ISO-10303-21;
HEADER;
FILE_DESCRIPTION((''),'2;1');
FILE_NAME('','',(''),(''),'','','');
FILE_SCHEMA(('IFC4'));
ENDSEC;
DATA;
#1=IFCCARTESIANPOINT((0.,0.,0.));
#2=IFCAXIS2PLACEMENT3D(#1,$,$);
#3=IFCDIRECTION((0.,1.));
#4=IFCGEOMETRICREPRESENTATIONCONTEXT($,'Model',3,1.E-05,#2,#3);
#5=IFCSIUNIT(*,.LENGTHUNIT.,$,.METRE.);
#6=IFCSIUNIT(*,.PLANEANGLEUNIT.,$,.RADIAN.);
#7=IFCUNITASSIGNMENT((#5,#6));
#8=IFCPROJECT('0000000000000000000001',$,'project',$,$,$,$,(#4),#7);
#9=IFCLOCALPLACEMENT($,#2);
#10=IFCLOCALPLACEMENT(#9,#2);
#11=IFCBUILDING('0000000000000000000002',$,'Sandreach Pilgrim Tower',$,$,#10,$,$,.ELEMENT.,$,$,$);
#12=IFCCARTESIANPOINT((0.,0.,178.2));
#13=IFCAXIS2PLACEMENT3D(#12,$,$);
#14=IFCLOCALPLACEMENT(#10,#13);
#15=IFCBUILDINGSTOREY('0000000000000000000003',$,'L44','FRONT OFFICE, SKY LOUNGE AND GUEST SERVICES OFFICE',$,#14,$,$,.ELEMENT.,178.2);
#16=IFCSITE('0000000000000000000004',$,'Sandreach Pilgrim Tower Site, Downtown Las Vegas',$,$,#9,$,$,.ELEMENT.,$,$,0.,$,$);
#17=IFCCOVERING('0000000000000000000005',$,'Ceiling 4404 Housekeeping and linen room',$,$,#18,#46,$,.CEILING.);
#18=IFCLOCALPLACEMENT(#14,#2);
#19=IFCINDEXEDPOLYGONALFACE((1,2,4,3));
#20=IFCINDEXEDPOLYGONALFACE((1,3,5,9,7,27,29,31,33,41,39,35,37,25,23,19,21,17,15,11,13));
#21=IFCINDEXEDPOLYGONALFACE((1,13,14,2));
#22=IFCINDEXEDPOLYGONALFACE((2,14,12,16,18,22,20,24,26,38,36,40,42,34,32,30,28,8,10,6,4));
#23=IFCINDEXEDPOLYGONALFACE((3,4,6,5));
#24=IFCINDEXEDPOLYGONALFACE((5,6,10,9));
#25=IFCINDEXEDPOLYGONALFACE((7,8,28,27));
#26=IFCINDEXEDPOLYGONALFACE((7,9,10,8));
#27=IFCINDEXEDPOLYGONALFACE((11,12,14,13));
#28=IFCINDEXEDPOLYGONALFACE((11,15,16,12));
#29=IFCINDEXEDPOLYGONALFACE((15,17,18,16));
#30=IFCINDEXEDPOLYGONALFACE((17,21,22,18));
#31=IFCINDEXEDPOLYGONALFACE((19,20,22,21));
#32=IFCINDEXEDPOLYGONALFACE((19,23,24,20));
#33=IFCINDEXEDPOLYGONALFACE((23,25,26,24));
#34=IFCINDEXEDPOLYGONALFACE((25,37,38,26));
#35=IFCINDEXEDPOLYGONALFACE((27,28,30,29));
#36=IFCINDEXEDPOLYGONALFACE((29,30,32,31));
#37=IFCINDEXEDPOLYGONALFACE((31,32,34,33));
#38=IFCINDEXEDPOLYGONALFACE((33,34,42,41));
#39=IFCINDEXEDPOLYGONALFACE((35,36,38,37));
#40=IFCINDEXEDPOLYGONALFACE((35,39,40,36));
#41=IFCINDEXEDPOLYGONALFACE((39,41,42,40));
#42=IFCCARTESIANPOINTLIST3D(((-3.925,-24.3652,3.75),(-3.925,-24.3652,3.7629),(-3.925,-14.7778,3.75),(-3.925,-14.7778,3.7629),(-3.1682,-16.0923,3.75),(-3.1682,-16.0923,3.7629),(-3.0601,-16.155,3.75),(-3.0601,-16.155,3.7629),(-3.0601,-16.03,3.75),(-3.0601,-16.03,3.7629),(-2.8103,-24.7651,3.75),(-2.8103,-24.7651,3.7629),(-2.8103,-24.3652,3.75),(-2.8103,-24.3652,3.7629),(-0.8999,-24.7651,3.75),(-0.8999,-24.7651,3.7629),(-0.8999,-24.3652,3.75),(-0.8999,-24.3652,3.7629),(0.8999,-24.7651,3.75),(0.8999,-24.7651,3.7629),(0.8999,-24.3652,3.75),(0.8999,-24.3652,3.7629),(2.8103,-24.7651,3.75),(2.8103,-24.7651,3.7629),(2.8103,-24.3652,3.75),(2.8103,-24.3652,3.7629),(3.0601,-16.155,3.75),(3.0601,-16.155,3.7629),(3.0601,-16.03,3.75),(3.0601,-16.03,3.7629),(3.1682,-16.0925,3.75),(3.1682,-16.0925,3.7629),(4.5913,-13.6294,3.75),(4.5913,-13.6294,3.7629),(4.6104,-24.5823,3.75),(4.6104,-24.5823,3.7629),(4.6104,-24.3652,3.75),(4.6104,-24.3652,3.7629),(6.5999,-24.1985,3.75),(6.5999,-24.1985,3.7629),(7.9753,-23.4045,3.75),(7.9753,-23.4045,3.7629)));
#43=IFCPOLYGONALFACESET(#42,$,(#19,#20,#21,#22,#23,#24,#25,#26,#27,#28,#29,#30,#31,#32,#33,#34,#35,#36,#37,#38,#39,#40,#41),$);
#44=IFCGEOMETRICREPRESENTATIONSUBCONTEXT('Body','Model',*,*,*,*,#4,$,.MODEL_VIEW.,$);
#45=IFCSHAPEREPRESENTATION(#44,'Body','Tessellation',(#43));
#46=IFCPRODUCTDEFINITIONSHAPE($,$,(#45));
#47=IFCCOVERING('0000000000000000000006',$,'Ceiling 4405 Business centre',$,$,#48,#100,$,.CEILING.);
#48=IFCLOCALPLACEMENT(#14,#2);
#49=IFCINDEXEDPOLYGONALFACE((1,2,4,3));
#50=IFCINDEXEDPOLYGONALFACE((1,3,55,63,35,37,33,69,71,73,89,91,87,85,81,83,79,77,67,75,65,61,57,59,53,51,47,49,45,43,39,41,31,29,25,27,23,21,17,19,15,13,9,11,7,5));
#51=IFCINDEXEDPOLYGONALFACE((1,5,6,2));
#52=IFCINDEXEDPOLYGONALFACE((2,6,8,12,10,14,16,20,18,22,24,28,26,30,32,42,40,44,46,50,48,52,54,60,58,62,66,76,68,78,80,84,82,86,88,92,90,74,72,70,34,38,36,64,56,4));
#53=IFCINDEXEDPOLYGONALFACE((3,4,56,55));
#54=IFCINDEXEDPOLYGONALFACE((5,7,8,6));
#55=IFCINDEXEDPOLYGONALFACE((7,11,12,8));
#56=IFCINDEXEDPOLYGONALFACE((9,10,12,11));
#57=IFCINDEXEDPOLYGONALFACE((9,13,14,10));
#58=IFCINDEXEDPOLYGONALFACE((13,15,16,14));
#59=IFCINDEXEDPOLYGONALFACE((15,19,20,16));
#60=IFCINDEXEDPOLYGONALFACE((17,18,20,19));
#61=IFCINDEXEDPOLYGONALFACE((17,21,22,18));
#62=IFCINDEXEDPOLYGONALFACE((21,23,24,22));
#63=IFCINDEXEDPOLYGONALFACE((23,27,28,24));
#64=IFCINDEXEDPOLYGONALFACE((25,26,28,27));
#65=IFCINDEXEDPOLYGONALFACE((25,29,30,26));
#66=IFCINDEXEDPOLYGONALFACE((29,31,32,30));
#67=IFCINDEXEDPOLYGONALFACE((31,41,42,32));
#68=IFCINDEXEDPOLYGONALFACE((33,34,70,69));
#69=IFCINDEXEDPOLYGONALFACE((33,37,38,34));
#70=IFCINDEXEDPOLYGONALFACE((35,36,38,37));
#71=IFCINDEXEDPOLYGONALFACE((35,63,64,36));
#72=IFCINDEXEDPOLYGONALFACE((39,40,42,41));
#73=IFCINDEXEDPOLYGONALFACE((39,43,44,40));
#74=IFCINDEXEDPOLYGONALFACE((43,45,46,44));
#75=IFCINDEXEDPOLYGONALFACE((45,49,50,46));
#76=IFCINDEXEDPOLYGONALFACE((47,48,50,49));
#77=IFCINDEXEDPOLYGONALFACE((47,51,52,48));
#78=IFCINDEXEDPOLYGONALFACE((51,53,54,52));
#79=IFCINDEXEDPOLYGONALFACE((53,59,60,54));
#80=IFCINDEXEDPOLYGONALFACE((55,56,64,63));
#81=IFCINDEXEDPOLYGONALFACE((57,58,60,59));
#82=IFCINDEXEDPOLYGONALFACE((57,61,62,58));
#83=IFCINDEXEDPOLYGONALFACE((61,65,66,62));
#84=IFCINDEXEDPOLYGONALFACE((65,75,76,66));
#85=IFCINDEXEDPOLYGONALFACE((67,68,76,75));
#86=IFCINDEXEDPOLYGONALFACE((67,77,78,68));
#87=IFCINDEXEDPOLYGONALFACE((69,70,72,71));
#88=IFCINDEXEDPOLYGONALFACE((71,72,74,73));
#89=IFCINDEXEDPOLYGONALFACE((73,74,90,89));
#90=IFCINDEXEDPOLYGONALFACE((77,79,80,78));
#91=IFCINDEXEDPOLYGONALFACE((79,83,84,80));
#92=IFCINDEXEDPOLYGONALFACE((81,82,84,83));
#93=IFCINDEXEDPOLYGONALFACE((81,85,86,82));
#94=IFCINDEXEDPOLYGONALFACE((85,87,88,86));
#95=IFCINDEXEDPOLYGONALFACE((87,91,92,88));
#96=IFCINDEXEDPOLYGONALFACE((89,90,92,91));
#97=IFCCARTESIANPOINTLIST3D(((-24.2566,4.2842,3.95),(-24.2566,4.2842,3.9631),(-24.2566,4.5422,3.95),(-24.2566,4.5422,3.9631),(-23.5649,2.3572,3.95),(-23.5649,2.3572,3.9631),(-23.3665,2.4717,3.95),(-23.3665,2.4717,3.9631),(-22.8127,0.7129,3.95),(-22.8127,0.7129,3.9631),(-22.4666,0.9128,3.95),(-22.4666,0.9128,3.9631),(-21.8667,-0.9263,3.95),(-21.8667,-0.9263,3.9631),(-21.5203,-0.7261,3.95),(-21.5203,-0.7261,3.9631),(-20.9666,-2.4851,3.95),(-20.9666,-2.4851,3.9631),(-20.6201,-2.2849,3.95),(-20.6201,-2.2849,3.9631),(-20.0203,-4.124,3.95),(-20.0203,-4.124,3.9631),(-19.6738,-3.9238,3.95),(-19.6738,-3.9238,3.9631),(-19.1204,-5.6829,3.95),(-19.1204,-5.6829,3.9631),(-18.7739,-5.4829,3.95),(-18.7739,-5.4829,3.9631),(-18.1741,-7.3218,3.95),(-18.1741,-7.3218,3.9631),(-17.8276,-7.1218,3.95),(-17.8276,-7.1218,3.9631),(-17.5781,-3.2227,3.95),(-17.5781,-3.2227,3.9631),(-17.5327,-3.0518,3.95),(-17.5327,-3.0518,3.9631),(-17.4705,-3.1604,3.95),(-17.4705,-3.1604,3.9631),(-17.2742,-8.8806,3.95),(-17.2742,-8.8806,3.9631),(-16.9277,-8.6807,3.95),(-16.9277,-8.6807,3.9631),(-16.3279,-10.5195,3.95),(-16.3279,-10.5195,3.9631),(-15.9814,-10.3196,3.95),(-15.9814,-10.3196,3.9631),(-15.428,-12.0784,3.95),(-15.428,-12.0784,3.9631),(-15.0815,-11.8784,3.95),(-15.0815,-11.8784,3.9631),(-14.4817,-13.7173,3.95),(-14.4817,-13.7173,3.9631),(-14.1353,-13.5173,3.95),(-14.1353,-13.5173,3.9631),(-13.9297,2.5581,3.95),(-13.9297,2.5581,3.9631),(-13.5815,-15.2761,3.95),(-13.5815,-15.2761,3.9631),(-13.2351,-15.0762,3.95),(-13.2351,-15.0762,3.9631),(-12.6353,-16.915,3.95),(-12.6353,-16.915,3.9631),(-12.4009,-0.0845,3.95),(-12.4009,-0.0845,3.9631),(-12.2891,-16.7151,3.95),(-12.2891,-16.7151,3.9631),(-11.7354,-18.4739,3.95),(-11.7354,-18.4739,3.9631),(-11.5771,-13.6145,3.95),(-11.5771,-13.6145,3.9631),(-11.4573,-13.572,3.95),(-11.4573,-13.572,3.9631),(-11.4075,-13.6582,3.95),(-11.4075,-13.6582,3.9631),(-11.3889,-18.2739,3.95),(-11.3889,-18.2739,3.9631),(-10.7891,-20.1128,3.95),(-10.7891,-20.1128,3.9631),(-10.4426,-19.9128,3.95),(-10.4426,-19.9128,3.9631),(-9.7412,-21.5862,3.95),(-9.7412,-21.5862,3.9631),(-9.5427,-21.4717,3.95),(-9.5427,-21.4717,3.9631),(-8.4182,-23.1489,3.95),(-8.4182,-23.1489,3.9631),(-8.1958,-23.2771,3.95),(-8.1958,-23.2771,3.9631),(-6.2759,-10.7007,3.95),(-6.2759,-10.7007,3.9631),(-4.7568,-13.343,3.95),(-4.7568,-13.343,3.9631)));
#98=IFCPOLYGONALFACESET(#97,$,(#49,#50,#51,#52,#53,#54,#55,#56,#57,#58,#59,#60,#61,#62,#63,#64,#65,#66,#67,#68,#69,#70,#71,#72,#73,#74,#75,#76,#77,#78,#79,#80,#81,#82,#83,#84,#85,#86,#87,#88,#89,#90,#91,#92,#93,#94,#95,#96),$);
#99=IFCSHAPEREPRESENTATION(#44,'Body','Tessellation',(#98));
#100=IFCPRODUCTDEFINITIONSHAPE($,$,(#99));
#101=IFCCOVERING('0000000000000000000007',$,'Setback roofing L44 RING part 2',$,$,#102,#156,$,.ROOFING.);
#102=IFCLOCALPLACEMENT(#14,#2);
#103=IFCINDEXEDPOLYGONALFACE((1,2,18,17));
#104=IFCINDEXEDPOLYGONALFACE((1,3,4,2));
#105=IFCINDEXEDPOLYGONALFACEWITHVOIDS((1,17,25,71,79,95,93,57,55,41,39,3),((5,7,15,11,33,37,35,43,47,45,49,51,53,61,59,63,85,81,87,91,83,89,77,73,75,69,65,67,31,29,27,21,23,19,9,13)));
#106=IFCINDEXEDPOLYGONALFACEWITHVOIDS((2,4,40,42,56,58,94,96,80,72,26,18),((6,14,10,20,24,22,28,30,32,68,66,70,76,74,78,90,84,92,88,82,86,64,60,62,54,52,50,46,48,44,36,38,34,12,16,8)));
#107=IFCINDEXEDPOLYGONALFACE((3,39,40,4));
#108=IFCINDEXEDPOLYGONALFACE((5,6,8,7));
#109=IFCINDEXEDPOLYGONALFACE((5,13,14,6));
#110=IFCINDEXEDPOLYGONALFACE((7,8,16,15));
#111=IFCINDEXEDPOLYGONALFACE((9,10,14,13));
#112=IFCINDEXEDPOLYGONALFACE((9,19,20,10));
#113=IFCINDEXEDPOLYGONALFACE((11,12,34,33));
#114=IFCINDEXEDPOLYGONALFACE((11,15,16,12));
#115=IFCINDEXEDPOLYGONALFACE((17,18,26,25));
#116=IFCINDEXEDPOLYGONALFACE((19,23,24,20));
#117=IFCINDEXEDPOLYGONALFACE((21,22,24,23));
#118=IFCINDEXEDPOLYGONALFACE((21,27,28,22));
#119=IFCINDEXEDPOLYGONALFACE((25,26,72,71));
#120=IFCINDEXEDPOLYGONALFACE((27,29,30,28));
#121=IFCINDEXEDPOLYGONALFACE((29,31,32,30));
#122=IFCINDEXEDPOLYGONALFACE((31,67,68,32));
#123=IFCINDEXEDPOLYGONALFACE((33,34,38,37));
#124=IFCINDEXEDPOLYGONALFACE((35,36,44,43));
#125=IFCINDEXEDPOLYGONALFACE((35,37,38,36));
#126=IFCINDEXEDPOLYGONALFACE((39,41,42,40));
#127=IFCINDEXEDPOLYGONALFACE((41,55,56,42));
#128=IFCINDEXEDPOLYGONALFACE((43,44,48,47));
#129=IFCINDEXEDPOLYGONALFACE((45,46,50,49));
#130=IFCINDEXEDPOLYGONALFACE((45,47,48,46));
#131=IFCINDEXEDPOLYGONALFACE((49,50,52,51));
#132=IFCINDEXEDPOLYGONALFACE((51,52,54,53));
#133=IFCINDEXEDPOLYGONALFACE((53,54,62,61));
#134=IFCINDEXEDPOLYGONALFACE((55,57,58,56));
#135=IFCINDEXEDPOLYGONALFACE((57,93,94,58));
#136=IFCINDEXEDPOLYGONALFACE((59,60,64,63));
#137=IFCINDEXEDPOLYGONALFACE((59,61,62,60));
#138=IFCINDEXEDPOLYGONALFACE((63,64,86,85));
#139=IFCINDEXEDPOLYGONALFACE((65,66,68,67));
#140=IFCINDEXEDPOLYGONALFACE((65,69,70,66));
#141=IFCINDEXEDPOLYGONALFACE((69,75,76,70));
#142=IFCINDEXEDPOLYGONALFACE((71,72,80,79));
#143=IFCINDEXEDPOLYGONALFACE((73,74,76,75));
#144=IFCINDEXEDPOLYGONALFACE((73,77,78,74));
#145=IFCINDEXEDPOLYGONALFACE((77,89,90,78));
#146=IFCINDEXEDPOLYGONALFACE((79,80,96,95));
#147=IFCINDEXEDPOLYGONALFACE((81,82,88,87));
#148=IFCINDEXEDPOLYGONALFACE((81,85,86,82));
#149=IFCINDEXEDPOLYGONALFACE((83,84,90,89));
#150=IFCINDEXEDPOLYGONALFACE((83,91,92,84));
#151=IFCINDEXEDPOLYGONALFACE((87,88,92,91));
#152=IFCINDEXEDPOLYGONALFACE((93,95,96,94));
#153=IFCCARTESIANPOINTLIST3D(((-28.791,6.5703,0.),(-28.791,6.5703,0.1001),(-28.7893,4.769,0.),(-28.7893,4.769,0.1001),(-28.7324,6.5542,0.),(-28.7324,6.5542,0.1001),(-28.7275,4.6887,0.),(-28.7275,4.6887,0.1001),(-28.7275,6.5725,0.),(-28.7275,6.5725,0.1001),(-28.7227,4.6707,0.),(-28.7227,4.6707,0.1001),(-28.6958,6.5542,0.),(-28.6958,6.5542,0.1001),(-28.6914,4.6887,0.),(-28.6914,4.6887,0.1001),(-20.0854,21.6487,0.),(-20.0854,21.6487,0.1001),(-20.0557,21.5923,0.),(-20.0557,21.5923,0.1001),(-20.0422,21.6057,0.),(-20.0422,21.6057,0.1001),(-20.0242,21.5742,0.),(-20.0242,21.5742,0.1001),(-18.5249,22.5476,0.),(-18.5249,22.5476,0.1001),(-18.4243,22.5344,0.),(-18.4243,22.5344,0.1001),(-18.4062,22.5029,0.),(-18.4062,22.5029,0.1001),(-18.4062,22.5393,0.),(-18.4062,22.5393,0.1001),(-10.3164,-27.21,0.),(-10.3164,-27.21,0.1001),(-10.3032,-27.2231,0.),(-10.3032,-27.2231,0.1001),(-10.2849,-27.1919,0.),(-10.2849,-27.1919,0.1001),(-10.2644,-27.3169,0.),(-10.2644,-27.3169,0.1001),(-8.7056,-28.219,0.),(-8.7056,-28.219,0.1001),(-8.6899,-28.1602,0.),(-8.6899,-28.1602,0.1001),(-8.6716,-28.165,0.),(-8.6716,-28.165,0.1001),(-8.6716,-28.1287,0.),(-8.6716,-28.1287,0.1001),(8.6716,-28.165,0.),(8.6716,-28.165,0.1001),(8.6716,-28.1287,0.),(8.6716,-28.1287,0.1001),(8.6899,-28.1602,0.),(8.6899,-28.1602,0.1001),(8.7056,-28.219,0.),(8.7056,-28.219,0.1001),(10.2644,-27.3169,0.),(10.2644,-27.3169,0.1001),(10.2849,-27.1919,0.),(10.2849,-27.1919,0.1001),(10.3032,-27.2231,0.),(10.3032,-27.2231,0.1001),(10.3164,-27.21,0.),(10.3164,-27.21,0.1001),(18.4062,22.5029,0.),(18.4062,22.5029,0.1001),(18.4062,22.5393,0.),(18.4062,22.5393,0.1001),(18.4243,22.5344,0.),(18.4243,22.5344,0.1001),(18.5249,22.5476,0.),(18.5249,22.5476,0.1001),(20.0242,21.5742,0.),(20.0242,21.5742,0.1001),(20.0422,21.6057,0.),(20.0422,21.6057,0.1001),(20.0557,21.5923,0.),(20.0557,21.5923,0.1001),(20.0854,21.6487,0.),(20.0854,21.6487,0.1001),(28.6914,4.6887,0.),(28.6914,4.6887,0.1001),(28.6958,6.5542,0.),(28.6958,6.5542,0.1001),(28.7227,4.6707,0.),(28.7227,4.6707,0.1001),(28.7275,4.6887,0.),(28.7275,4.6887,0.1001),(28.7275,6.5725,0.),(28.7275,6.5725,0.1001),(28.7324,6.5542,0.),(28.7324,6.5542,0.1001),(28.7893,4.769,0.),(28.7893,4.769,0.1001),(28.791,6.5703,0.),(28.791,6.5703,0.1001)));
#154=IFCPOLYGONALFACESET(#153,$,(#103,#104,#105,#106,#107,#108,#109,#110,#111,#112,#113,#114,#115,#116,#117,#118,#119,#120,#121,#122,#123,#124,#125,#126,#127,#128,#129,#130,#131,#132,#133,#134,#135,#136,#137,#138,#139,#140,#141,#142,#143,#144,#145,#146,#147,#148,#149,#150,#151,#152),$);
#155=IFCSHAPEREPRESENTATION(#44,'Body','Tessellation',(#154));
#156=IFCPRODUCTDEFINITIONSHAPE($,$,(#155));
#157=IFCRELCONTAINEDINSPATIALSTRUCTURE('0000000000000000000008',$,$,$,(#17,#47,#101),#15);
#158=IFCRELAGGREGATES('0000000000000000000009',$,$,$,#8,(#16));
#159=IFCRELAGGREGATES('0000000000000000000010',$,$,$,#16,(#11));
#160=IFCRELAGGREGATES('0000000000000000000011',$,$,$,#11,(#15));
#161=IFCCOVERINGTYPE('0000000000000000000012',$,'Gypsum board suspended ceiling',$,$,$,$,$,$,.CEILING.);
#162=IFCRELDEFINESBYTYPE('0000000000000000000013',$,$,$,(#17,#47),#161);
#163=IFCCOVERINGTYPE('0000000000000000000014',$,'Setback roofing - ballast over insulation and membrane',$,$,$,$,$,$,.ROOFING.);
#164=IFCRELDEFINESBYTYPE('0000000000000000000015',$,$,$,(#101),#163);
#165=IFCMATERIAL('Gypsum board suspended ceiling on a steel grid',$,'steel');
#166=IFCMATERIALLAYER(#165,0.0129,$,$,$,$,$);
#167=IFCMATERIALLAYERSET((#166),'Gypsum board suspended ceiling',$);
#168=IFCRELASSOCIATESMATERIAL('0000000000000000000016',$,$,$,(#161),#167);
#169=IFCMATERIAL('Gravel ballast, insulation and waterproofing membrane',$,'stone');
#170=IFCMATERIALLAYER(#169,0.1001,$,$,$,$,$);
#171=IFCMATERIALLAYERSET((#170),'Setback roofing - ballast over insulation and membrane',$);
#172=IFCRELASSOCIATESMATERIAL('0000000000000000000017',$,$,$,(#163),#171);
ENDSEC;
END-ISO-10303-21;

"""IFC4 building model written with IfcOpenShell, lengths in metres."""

from ifc_helpers import new_model, si_unit, direction, frame, origin, place, context, subcontext, project, spatial, polyline, outline, extrude, material, layer, layer_set, type_object, element, save


model = new_model("IFC4")

# Units and contexts
model_context = context("Model", 3, precision=1e-05, world=origin(), true_north=direction((0.0, 1.0)))
body_context = subcontext(model_context, "Body", "Model", "MODEL_VIEW")
ifc_project = project(units=[si_unit("LENGTHUNIT", "METRE"), si_unit("PLANEANGLEUNIT", "RADIAN")], contexts=[model_context])

# Site, building, storey
site_placement = place(None, origin())
site = spatial("IfcSite", under=ifc_project, at=site_placement, Name="Sandreach Pilgrim Tower Site, Downtown Las Vegas", CompositionType="ELEMENT", RefElevation=0.0)
building_placement = place(site_placement, origin())
building = spatial("IfcBuilding", under=site, at=building_placement, Name="Sandreach Pilgrim Tower", CompositionType="ELEMENT")
storey_placement = place(building_placement, frame((0.0, 0.0, 178.2)))
storey = spatial("IfcBuildingStorey", under=building, at=storey_placement, Name="L44", Description="FRONT OFFICE, SKY LOUNGE AND GUEST SERVICES OFFICE", CompositionType="ELEMENT", Elevation=178.2)

# Coverings
ifc_material_1 = material(Name="Gypsum board suspended ceiling on a steel grid", Category="steel")
ifc_layer_1 = layer(ifc_material_1, 0.0129)
ifc_layer_set_1 = layer_set([ifc_layer_1], Name="Gypsum board suspended ceiling")
covering_type_1 = type_object("IfcCoveringType", Name="Gypsum board suspended ceiling", PredefinedType="CEILING", material=ifc_layer_set_1)
covering_1_placement = place(storey_placement, frame((0.0, 0.0, 3.75)))
element("IfcCovering", 1, at=covering_1_placement, inside=storey, type_object=covering_type_1, Name="Ceiling 4404 Housekeeping and linen room", PredefinedType="CEILING", context=body_context, shape_type="SweptSolid", body=[
    extrude(outline(polyline([(-3.1682, -16.0923), (-3.0601, -16.03), (-3.0601, -16.155), (3.0601, -16.155), (3.0601, -16.03), (3.1682, -16.0925), (4.5913, -13.6294), (7.9753, -23.4045), (6.5999, -24.1985), (4.6104, -24.5823), (4.6104, -24.3652), (2.8103, -24.3652), (2.8103, -24.7651), (0.8999, -24.7651), (0.8999, -24.3652), (-0.8999, -24.3652), (-0.8999, -24.7651), (-2.8103, -24.7651), (-2.8103, -24.3652), (-3.925, -24.3652), (-3.925, -14.7778), (-3.1682, -16.0923)])), origin(), (0.0, 0.0, 1.0), 0.0129),
])
covering_2_placement = place(storey_placement, frame((0.0, 0.0, 3.95)))
element("IfcCovering", 2, at=covering_2_placement, inside=storey, type_object=covering_type_1, Name="Ceiling 4405 Business centre", PredefinedType="CEILING", context=body_context, shape_type="SweptSolid", body=[
    extrude(outline(polyline([(-17.5781, -3.2227), (-11.5771, -13.6145), (-11.4573, -13.572), (-11.4075, -13.6582), (-6.2759, -10.7007), (-4.7568, -13.343), (-8.1958, -23.2771), (-8.4182, -23.1489), (-9.7412, -21.5862), (-9.5427, -21.4717), (-10.4426, -19.9128), (-10.7891, -20.1128), (-11.7354, -18.4739), (-11.3889, -18.2739), (-12.2891, -16.7151), (-12.6353, -16.915), (-13.5815, -15.2761), (-13.2351, -15.0762), (-14.1353, -13.5173), (-14.4817, -13.7173), (-15.428, -12.0784), (-15.0815, -11.8784), (-15.9814, -10.3196), (-16.3279, -10.5195), (-17.2742, -8.8806), (-16.9277, -8.6807), (-17.8276, -7.1218), (-18.1741, -7.3218), (-19.1204, -5.6829), (-18.7739, -5.4829), (-19.6738, -3.9238), (-20.0203, -4.124), (-20.9666, -2.4851), (-20.6201, -2.2849), (-21.5203, -0.7261), (-21.8667, -0.9263), (-22.8127, 0.7129), (-22.4666, 0.9128), (-23.3665, 2.4717), (-23.5649, 2.3572), (-24.2566, 4.2842), (-24.2566, 4.5422), (-13.9297, 2.5581), (-12.4009, -0.0845), (-17.5327, -3.0518), (-17.4705, -3.1604), (-17.5781, -3.2227)])), origin(), (0.0, 0.0, 1.0), 0.0132),
])
ifc_material_2 = material(Name="Gravel ballast, insulation and waterproofing membrane", Category="stone")
ifc_layer_2 = layer(ifc_material_2, 0.1001)
ifc_layer_set_2 = layer_set([ifc_layer_2], Name="Setback roofing - ballast over insulation and membrane")
covering_type_2 = type_object("IfcCoveringType", Name="Setback roofing - ballast over insulation and membrane", PredefinedType="ROOFING", material=ifc_layer_set_2)
covering_3_placement = place(storey_placement, origin())
element("IfcCovering", 3, at=covering_3_placement, inside=storey, type_object=covering_type_2, Name="Setback roofing L44 RING part 2", PredefinedType="ROOFING", context=body_context, shape_type="SweptSolid", body=[
    extrude(outline(polyline([(-18.5249, 22.5476), (18.5249, 22.5476), (20.0854, 21.6487), (28.791, 6.5703), (28.7893, 4.769), (10.2644, -27.3169), (8.7056, -28.219), (-8.7056, -28.219), (-10.2644, -27.3169), (-28.7893, 4.769), (-28.791, 6.5703), (-20.0854, 21.6487), (-18.5249, 22.5476)]), holes=[polyline([(-28.7227, 4.6707), (-10.3164, -27.21), (-10.2849, -27.1919), (-10.3032, -27.2231), (-8.6899, -28.1602), (-8.6716, -28.1287), (-8.6716, -28.165), (8.6716, -28.165), (8.6716, -28.1287), (8.6899, -28.1602), (10.3032, -27.2231), (10.2849, -27.1919), (10.3164, -27.21), (28.7227, 4.6707), (28.6914, 4.6887), (28.7275, 4.6887), (28.7324, 6.5542), (28.6958, 6.5542), (28.7275, 6.5725), (20.0557, 21.5923), (20.0242, 21.5742), (20.0422, 21.6057), (18.4243, 22.5344), (18.4062, 22.5029), (18.4062, 22.5393), (-18.4062, 22.5393), (-18.4062, 22.5029), (-18.4243, 22.5344), (-20.0422, 21.6057), (-20.0242, 21.5742), (-20.0557, 21.5923), (-28.7275, 6.5725), (-28.6958, 6.5542), (-28.7324, 6.5542), (-28.7275, 4.6887), (-28.6914, 4.6887), (-28.7227, 4.6707)])]), origin(), (0.0, 0.0, 1.0), 0.1001),
])

save(model, "model.ifc")
